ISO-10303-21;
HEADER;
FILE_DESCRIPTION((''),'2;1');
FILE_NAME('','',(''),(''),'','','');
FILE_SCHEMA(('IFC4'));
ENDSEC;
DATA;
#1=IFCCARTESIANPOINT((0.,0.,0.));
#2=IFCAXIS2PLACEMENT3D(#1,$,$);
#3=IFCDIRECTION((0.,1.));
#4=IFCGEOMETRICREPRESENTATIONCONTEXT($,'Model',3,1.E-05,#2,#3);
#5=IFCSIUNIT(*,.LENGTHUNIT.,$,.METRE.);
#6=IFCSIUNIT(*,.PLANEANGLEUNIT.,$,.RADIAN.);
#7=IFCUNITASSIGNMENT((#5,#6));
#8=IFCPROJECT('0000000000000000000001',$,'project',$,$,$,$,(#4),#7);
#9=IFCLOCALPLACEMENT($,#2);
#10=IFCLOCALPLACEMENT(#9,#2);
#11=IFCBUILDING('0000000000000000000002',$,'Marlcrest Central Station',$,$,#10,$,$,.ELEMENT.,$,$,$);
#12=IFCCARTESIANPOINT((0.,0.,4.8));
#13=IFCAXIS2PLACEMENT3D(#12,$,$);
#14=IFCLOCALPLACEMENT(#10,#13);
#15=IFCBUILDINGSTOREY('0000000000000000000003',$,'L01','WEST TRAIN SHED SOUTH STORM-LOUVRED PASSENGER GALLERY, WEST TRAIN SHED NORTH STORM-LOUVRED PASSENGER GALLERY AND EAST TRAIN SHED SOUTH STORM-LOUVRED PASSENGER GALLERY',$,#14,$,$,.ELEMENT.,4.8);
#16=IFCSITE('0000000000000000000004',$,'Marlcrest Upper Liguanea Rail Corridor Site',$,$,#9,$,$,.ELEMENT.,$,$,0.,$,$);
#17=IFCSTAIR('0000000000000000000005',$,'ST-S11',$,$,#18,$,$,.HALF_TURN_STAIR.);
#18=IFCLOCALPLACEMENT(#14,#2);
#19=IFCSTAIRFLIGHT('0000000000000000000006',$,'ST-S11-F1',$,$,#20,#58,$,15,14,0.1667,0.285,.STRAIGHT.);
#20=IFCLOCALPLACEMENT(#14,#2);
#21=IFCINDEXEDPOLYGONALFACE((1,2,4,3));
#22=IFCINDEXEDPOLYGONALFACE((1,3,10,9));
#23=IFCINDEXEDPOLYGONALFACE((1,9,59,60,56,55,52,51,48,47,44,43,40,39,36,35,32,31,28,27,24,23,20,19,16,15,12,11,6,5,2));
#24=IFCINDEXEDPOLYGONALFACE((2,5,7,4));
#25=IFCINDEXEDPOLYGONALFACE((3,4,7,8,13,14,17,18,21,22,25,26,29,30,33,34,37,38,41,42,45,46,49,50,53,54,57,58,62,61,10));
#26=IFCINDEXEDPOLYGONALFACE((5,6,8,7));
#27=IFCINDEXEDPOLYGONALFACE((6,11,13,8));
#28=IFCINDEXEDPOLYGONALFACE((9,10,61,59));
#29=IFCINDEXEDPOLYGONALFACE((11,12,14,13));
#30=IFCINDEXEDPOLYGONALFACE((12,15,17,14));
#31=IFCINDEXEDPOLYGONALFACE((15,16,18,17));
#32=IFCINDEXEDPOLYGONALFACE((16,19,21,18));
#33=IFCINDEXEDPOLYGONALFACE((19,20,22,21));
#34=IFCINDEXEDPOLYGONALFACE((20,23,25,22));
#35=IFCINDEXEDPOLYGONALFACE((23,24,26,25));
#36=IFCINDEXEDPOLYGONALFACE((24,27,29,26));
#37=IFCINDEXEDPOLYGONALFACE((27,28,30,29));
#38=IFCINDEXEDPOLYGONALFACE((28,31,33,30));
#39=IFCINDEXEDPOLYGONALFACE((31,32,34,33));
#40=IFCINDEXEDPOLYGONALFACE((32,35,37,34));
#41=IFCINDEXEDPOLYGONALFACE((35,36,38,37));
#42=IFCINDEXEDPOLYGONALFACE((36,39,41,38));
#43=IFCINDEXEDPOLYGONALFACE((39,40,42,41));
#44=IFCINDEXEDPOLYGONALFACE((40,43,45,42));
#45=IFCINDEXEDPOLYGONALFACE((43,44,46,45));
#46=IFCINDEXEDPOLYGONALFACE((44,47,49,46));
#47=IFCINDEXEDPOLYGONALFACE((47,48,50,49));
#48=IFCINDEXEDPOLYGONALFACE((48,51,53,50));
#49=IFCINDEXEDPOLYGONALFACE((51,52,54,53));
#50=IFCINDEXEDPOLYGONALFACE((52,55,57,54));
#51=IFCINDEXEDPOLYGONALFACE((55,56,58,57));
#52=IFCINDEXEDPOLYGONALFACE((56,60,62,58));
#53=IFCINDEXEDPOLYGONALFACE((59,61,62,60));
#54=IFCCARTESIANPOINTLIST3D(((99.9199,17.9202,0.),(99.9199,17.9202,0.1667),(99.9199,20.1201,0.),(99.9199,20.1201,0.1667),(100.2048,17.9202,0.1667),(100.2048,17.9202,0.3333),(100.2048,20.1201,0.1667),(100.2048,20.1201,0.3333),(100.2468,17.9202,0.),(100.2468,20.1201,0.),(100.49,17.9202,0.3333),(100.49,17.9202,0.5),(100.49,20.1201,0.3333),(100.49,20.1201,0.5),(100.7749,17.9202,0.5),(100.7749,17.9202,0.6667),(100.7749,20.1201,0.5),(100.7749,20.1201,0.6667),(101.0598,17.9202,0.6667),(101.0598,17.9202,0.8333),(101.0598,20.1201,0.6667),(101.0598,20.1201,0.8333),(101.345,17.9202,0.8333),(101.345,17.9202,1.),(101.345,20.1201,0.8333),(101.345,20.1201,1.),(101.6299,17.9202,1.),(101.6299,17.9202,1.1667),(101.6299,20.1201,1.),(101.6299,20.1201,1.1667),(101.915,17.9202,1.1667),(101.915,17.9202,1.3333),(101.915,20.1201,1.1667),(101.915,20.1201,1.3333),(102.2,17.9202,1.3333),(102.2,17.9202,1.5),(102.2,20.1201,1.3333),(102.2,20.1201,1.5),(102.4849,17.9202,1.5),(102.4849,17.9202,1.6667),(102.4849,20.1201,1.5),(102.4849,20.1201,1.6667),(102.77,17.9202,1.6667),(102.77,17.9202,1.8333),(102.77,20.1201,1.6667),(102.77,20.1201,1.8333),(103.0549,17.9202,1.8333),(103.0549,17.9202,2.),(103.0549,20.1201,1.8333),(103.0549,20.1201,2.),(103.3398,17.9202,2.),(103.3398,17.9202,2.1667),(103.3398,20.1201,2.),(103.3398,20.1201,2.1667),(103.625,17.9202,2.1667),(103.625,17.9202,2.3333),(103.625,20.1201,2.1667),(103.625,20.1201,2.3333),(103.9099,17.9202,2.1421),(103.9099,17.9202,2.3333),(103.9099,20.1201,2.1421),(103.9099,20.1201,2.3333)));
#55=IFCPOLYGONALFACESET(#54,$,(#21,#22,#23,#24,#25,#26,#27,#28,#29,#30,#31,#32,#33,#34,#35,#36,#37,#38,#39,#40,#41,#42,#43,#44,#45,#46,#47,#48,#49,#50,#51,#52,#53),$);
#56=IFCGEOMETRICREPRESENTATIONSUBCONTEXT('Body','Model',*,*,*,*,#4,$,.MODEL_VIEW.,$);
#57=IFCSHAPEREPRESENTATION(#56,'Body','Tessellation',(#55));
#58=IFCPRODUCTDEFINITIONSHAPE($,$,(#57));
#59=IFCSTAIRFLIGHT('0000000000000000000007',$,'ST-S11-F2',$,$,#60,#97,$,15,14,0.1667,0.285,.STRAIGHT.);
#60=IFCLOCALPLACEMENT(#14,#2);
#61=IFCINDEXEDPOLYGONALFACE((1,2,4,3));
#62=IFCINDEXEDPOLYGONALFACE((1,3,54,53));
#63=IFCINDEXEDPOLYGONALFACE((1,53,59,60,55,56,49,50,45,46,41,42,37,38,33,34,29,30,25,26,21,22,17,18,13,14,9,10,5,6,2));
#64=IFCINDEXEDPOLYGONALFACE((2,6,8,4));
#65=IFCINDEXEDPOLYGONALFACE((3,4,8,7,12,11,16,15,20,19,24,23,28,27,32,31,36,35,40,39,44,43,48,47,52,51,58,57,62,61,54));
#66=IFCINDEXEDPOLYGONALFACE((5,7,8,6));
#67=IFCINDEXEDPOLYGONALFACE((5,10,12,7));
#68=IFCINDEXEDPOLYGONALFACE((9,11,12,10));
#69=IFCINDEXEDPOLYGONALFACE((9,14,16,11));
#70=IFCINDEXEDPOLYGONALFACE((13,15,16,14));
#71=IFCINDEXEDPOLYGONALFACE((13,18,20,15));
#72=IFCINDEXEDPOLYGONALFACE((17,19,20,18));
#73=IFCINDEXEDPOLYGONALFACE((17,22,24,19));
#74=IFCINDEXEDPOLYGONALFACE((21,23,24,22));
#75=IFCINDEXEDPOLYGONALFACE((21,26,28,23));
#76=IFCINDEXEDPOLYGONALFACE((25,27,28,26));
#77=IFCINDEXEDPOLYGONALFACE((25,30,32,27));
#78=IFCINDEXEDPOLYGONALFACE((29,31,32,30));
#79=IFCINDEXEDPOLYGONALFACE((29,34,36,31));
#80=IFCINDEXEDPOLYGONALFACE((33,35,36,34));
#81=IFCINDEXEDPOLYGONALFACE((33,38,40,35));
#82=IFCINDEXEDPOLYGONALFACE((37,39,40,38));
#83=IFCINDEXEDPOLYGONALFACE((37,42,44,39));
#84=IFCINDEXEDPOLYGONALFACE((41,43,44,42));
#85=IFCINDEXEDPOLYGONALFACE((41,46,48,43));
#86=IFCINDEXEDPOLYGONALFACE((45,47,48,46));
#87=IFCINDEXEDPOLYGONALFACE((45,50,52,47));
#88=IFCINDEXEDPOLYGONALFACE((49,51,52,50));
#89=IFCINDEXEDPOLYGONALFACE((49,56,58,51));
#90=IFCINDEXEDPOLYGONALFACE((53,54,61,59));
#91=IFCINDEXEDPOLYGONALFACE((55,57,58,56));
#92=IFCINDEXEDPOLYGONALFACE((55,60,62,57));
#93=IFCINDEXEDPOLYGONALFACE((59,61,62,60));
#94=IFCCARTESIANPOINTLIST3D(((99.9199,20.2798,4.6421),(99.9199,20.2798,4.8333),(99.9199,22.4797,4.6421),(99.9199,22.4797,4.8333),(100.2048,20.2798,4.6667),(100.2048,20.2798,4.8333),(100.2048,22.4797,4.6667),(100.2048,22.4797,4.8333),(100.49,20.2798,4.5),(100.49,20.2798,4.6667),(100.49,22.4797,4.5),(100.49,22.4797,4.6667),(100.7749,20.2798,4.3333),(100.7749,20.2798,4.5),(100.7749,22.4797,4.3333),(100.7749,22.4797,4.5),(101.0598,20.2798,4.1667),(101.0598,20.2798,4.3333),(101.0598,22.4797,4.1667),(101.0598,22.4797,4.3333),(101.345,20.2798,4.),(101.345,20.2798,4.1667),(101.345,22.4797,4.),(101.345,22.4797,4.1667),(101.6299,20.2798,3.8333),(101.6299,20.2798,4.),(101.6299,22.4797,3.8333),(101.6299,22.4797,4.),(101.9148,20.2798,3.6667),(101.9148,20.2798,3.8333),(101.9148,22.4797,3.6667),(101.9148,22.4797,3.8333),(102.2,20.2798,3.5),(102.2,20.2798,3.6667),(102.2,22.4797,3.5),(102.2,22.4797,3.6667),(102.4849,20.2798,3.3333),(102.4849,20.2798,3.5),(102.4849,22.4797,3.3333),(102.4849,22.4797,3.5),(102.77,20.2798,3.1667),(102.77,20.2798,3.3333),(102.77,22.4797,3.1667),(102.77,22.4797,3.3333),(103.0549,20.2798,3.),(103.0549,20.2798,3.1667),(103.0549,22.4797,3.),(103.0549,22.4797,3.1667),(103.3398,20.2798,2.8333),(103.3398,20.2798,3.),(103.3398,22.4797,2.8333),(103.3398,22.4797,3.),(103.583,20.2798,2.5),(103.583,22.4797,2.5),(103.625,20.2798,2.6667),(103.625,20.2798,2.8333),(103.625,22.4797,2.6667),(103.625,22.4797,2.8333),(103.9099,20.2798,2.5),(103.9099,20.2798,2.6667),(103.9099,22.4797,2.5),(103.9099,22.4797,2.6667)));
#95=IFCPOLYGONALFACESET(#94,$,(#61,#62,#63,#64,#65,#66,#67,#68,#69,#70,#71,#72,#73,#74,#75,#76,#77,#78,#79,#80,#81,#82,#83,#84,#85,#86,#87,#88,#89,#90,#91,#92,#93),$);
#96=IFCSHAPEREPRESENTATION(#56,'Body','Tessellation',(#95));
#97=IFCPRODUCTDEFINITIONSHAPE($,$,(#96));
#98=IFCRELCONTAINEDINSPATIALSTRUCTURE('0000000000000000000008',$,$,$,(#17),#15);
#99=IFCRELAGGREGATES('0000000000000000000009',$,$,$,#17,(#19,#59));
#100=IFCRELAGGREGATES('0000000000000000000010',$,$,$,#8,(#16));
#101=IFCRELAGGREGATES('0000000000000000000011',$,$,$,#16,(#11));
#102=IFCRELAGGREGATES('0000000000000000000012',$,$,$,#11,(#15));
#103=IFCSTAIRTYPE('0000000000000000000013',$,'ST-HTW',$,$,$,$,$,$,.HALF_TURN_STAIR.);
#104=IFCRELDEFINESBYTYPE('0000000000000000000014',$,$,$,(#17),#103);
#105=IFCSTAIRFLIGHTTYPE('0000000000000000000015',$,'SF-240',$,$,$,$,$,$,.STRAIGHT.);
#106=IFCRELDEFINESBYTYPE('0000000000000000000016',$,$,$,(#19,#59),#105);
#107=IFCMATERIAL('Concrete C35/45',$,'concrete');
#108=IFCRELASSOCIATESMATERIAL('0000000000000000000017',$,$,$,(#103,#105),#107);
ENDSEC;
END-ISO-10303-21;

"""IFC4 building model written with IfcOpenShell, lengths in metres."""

from ifc_helpers import new_model, si_unit, direction, frame, origin, place, context, subcontext, project, spatial, polyline, outline, extrude, material, type_object, element, aggregate, save


model = new_model("IFC4")

# Units and contexts
model_context = context("Model", 3, precision=1e-05, world=origin(), true_north=direction((0.0, 1.0)))
body_context = subcontext(model_context, "Body", "Model", "MODEL_VIEW")
ifc_project = project(units=[si_unit("LENGTHUNIT", "METRE"), si_unit("PLANEANGLEUNIT", "RADIAN")], contexts=[model_context])

# Site, building, storey
site_placement = place(None, origin())
site = spatial("IfcSite", under=ifc_project, at=site_placement, Name="Marlcrest Upper Liguanea Rail Corridor Site", CompositionType="ELEMENT", RefElevation=0.0)
building_placement = place(site_placement, origin())
building = spatial("IfcBuilding", under=site, at=building_placement, Name="Marlcrest Central Station", CompositionType="ELEMENT")
storey_placement = place(building_placement, frame((0.0, 0.0, 4.8)))
storey = spatial("IfcBuildingStorey", under=building, at=storey_placement, Name="L01", Description="WEST TRAIN SHED SOUTH STORM-LOUVRED PASSENGER GALLERY, WEST TRAIN SHED NORTH STORM-LOUVRED PASSENGER GALLERY AND EAST TRAIN SHED SOUTH STORM-LOUVRED PASSENGER GALLERY", CompositionType="ELEMENT", Elevation=4.8)

# Stair, stair flights
ifc_material_1 = material(Name="Concrete C35/45", Category="concrete")
stair_type = type_object("IfcStairType", Name="ST-HTW", PredefinedType="HALF_TURN_STAIR", material=ifc_material_1)
stair_placement = place(storey_placement, origin())
stair = element("IfcStair", 1, at=stair_placement, inside=storey, type_object=stair_type, Name="ST-S11", PredefinedType="HALF_TURN_STAIR")
stair_flight_type = type_object("IfcStairFlightType", Name="SF-240", PredefinedType="STRAIGHT", material=ifc_material_1)
stair_flight_1_placement = place(storey_placement, frame((99.9199, 19.02, 0.0), z_axis=(0.0, 0.0, 1.0), x_axis=(1.0, 0.0, 0.0)))
stair_flight_1 = element("IfcStairFlight", 2, at=stair_flight_1_placement, type_object=stair_flight_type, Name="ST-S11-F1", NumberOfRisers=15, NumberOfTreads=14, PredefinedType="STRAIGHT", RiserHeight=0.1667, TreadLength=0.285, context=body_context, shape_type="SweptSolid", body=[
    extrude(outline(polyline([(0.0, 0.0), (0.0, 0.1667), (0.2849, 0.1667), (0.2849, 0.3333), (0.5701, 0.3333), (0.5701, 0.5), (0.855, 0.5), (0.855, 0.6667), (1.1399, 0.6667), (1.1399, 0.8333), (1.425, 0.8333), (1.425, 1.0), (1.71, 1.0), (1.71, 1.1667), (1.9951, 1.1667), (1.9951, 1.3333), (2.28, 1.3333), (2.28, 1.5), (2.5649, 1.5), (2.5649, 1.6667), (2.8501, 1.6667), (2.8501, 1.8333), (3.135, 1.8333), (3.135, 2.0), (3.4199, 2.0), (3.4199, 2.1667), (3.7051, 2.1667), (3.7051, 2.3333), (3.99, 2.3333), (3.99, 2.5), (3.99, 2.1421), (0.3269, 0.0), (0.0, 0.0)])), frame((0.0, 1.1001, 0.0), z_axis=(0.0, -1.0, 0.0), x_axis=(1.0, 0.0, 0.0)), (0.0, 0.0, 1.0), 2.2),
])
stair_flight_2_placement = place(storey_placement, frame((103.9099, 21.3799, 2.5), z_axis=(0.0, 0.0, 1.0), x_axis=(-1.0, 0.0, 0.0)))
stair_flight_2 = element("IfcStairFlight", 3, at=stair_flight_2_placement, type_object=stair_flight_type, Name="ST-S11-F2", NumberOfRisers=15, NumberOfTreads=14, PredefinedType="STRAIGHT", RiserHeight=0.1667, TreadLength=0.285, context=body_context, shape_type="SweptSolid", body=[
    extrude(outline(polyline([(0.0, 0.0), (0.0, 0.1667), (0.2849, 0.1667), (0.2849, 0.3333), (0.5701, 0.3333), (0.5701, 0.5), (0.855, 0.5), (0.855, 0.6667), (1.1399, 0.6667), (1.1399, 0.8333), (1.425, 0.8333), (1.425, 1.0), (1.71, 1.0), (1.71, 1.1667), (1.9951, 1.1667), (1.9951, 1.3333), (2.28, 1.3333), (2.28, 1.5), (2.5649, 1.5), (2.5649, 1.6667), (2.8501, 1.6667), (2.8501, 1.8333), (3.135, 1.8333), (3.135, 2.0), (3.4199, 2.0), (3.4199, 2.1667), (3.7051, 2.1667), (3.7051, 2.3333), (3.99, 2.3333), (3.99, 2.5), (3.99, 2.1421), (0.3269, 0.0), (0.0, 0.0)])), frame((0.0, 1.1001, 0.0), z_axis=(0.0, -1.0, 0.0), x_axis=(1.0, 0.0, 0.0)), (0.0, 0.0, 1.0), 2.2),
])
aggregate(stair, [stair_flight_1, stair_flight_2])

save(model, "model.ifc")
